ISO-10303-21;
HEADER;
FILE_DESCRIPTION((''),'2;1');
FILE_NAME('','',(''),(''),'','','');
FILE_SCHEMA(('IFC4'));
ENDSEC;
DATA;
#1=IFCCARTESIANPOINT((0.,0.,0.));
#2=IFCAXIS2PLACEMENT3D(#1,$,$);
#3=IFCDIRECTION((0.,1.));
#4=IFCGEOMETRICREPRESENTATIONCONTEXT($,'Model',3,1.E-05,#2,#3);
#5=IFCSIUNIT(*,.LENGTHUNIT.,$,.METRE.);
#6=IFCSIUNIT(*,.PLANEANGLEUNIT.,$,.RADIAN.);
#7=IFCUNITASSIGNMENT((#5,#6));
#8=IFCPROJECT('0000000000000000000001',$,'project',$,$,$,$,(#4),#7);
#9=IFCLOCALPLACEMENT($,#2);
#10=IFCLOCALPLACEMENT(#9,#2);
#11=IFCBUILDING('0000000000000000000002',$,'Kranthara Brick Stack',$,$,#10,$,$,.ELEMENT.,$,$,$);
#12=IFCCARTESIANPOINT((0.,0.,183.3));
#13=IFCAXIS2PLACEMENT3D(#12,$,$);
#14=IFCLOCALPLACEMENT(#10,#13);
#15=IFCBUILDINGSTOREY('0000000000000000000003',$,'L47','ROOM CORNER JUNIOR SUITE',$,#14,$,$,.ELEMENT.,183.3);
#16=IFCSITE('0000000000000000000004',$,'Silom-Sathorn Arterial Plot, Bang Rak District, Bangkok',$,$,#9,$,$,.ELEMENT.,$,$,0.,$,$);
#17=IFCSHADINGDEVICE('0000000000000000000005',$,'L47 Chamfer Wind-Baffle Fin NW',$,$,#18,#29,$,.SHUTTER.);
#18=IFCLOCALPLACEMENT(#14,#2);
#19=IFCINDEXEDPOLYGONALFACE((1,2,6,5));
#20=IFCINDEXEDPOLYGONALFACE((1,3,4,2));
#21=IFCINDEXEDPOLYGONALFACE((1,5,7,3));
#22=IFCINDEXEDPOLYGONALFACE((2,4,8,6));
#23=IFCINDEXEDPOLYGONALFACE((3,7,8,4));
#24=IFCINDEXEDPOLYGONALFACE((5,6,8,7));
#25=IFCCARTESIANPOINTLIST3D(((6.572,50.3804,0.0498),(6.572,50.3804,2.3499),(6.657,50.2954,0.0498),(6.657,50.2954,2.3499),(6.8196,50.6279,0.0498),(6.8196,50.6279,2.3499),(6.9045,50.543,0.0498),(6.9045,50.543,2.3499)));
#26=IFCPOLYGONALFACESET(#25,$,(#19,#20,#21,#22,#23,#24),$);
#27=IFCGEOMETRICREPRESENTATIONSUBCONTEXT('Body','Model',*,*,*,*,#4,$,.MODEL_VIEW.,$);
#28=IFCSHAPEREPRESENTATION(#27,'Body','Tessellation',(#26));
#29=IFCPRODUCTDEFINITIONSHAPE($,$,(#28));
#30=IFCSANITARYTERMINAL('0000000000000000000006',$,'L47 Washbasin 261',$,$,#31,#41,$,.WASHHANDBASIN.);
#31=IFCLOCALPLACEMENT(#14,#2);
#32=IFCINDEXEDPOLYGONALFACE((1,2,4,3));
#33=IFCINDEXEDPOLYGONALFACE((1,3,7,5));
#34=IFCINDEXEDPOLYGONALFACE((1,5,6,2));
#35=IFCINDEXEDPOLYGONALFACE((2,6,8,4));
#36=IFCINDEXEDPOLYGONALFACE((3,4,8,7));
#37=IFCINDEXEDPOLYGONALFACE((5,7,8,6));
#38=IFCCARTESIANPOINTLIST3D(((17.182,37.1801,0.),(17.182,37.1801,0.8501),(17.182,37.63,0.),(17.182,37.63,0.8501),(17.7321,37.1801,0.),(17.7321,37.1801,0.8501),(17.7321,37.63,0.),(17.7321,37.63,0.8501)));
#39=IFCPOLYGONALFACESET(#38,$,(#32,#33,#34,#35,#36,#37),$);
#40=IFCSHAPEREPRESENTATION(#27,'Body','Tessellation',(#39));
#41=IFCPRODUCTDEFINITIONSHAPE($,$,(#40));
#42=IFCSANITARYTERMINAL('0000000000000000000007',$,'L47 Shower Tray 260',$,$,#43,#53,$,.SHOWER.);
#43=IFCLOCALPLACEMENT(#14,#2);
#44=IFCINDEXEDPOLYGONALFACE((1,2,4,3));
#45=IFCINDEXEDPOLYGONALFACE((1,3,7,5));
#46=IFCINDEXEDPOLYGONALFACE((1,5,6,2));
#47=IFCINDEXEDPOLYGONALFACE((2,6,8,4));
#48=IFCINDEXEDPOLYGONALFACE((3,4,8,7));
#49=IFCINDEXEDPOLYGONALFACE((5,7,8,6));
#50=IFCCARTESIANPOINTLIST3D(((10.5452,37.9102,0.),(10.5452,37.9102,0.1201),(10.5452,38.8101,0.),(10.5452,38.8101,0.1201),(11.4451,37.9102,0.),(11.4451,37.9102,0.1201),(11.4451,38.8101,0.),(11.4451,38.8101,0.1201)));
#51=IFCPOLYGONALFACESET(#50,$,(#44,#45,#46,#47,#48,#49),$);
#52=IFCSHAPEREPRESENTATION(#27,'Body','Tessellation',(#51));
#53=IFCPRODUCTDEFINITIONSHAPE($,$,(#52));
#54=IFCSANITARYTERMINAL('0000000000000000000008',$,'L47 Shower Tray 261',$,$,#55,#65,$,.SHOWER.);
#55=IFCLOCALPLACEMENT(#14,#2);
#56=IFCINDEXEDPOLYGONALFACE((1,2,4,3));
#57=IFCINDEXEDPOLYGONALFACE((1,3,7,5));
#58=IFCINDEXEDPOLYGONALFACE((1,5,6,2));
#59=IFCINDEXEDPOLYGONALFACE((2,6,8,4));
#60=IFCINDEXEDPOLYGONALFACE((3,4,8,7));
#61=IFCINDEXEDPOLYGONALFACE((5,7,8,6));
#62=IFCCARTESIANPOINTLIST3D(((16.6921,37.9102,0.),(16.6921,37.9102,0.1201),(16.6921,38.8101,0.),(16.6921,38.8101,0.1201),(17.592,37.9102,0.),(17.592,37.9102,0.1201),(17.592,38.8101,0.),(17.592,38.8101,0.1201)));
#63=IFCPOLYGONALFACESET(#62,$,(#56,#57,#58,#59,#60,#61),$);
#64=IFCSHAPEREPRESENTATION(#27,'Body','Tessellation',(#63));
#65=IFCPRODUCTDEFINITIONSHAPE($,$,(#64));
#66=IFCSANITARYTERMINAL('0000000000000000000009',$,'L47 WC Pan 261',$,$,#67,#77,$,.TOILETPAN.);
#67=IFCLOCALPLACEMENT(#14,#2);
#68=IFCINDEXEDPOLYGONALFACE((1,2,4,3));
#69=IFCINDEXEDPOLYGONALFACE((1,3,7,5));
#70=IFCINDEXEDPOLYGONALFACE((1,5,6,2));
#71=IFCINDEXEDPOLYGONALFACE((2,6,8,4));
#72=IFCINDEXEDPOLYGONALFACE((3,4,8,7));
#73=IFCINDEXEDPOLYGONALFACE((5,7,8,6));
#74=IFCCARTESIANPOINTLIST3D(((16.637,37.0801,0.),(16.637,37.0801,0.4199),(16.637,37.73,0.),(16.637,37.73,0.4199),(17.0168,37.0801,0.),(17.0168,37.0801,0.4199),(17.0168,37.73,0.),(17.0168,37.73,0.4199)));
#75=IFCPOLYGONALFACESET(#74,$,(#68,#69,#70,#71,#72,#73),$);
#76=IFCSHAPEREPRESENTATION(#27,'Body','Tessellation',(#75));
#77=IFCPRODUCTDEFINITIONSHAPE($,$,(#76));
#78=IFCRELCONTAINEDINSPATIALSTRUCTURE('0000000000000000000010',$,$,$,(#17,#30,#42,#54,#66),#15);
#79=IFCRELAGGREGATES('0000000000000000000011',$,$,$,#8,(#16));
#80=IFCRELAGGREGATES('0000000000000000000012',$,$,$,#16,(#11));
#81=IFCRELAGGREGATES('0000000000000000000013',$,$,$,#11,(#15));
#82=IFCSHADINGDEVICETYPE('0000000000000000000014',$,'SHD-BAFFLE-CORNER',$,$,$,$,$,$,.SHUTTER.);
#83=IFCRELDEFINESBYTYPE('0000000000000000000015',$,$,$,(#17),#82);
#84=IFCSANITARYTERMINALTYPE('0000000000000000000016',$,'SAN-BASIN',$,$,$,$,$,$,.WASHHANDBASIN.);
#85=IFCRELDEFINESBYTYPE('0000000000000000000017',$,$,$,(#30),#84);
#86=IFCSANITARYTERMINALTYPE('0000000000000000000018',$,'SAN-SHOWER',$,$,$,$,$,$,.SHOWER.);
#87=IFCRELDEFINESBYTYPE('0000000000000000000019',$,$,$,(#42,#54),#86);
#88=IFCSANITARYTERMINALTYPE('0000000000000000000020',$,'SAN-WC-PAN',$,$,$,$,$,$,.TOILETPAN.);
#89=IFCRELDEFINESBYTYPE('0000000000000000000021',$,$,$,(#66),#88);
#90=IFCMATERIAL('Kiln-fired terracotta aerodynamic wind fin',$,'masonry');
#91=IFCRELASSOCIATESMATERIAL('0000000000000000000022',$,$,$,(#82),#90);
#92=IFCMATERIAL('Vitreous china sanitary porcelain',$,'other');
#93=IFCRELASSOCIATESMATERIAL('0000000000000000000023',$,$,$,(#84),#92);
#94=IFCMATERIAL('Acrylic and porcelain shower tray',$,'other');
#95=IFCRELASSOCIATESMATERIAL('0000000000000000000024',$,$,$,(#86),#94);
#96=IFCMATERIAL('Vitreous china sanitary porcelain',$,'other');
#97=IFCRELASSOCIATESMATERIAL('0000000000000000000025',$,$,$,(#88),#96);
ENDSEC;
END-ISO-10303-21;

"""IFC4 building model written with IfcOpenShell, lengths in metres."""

from ifc_helpers import new_model, si_unit, direction, frame, origin, origin_2d, place, context, subcontext, project, spatial, rectangle, extrude, material, type_object, element, save


model = new_model("IFC4")

# Units and contexts
model_context = context("Model", 3, precision=1e-05, world=origin(), true_north=direction((0.0, 1.0)))
body_context = subcontext(model_context, "Body", "Model", "MODEL_VIEW")
ifc_project = project(units=[si_unit("LENGTHUNIT", "METRE"), si_unit("PLANEANGLEUNIT", "RADIAN")], contexts=[model_context])

# Site, building, storey
site_placement = place(None, origin())
site = spatial("IfcSite", under=ifc_project, at=site_placement, Name="Silom-Sathorn Arterial Plot, Bang Rak District, Bangkok", CompositionType="ELEMENT", RefElevation=0.0)
building_placement = place(site_placement, origin())
building = spatial("IfcBuilding", under=site, at=building_placement, Name="Kranthara Brick Stack", CompositionType="ELEMENT")
storey_placement = place(building_placement, frame((0.0, 0.0, 183.3)))
storey = spatial("IfcBuildingStorey", under=building, at=storey_placement, Name="L47", Description="ROOM CORNER JUNIOR SUITE", CompositionType="ELEMENT", Elevation=183.3)

# Shading device
ifc_material_1 = material(Name="Kiln-fired terracotta aerodynamic wind fin", Category="masonry")
shading_device_type = type_object("IfcShadingDeviceType", Name="SHD-BAFFLE-CORNER", PredefinedType="SHUTTER", material=ifc_material_1)
shading_device_placement = place(storey_placement, frame((6.7383, 50.4617, 0.0498), z_axis=(0.0, 0.0, 1.0), x_axis=(0.707107, 0.707107, 0.0)))
element("IfcShadingDevice", 1, at=shading_device_placement, inside=storey, type_object=shading_device_type, Name="L47 Chamfer Wind-Baffle Fin NW", PredefinedType="SHUTTER", context=body_context, shape_type="SweptSolid", body=[
    extrude(rectangle(XDim=0.3501, YDim=0.1201, at=origin_2d()), origin(), (0.0, 0.0, 1.0), 2.3),
])

# Sanitary terminals
ifc_material_2 = material(Name="Vitreous china sanitary porcelain", Category="other")
sanitary_terminal_type_1 = type_object("IfcSanitaryTerminalType", Name="SAN-BASIN", PredefinedType="WASHHANDBASIN", material=ifc_material_2)
sanitary_terminal_1_placement = place(storey_placement, frame((17.457, 37.405, 0.0), z_axis=(0.0, 0.0, 1.0), x_axis=(1.0, 0.0, 0.0)))
element("IfcSanitaryTerminal", 2, at=sanitary_terminal_1_placement, inside=storey, type_object=sanitary_terminal_type_1, Name="L47 Washbasin 261", PredefinedType="WASHHANDBASIN", context=body_context, shape_type="SweptSolid", body=[
    extrude(rectangle(XDim=0.55, YDim=0.45, at=origin_2d()), origin(), (0.0, 0.0, 1.0), 0.8501),
])
ifc_material_3 = material(Name="Acrylic and porcelain shower tray", Category="other")
sanitary_terminal_type_2 = type_object("IfcSanitaryTerminalType", Name="SAN-SHOWER", PredefinedType="SHOWER", material=ifc_material_3)
for number, where, z_axis, x_axis, name in (
    (3, (10.9951, 38.3601, 0.0), (0.0, 0.0, 1.0), (1.0, 0.0, 0.0), "L47 Shower Tray 260"),
    (4, (17.1421, 38.3601, 0.0), (0.0, 0.0, 1.0), (1.0, 0.0, 0.0), "L47 Shower Tray 261"),
):
    element("IfcSanitaryTerminal", number, at=place(storey_placement, frame(where, z_axis=z_axis, x_axis=x_axis)), inside=storey, type_object=sanitary_terminal_type_2, Name=name, PredefinedType="SHOWER", context=body_context, shape_type="SweptSolid", body=[
        extrude(rectangle(XDim=0.8999, YDim=0.8999, at=origin_2d()), origin(), (0.0, 0.0, 1.0), 0.1201),
    ])
ifc_material_4 = material(Name="Vitreous china sanitary porcelain", Category="other")
sanitary_terminal_type_3 = type_object("IfcSanitaryTerminalType", Name="SAN-WC-PAN", PredefinedType="TOILETPAN", material=ifc_material_4)
sanitary_terminal_2_placement = place(storey_placement, frame((16.8269, 37.405, 0.0), z_axis=(0.0, 0.0, 1.0), x_axis=(1.0, 0.0, 0.0)))
element("IfcSanitaryTerminal", 5, at=sanitary_terminal_2_placement, inside=storey, type_object=sanitary_terminal_type_3, Name="L47 WC Pan 261", PredefinedType="TOILETPAN", context=body_context, shape_type="SweptSolid", body=[
    extrude(rectangle(XDim=0.3799, YDim=0.6499, at=origin_2d()), origin(), (0.0, 0.0, 1.0), 0.4199),
])

save(model, "model.ifc")
